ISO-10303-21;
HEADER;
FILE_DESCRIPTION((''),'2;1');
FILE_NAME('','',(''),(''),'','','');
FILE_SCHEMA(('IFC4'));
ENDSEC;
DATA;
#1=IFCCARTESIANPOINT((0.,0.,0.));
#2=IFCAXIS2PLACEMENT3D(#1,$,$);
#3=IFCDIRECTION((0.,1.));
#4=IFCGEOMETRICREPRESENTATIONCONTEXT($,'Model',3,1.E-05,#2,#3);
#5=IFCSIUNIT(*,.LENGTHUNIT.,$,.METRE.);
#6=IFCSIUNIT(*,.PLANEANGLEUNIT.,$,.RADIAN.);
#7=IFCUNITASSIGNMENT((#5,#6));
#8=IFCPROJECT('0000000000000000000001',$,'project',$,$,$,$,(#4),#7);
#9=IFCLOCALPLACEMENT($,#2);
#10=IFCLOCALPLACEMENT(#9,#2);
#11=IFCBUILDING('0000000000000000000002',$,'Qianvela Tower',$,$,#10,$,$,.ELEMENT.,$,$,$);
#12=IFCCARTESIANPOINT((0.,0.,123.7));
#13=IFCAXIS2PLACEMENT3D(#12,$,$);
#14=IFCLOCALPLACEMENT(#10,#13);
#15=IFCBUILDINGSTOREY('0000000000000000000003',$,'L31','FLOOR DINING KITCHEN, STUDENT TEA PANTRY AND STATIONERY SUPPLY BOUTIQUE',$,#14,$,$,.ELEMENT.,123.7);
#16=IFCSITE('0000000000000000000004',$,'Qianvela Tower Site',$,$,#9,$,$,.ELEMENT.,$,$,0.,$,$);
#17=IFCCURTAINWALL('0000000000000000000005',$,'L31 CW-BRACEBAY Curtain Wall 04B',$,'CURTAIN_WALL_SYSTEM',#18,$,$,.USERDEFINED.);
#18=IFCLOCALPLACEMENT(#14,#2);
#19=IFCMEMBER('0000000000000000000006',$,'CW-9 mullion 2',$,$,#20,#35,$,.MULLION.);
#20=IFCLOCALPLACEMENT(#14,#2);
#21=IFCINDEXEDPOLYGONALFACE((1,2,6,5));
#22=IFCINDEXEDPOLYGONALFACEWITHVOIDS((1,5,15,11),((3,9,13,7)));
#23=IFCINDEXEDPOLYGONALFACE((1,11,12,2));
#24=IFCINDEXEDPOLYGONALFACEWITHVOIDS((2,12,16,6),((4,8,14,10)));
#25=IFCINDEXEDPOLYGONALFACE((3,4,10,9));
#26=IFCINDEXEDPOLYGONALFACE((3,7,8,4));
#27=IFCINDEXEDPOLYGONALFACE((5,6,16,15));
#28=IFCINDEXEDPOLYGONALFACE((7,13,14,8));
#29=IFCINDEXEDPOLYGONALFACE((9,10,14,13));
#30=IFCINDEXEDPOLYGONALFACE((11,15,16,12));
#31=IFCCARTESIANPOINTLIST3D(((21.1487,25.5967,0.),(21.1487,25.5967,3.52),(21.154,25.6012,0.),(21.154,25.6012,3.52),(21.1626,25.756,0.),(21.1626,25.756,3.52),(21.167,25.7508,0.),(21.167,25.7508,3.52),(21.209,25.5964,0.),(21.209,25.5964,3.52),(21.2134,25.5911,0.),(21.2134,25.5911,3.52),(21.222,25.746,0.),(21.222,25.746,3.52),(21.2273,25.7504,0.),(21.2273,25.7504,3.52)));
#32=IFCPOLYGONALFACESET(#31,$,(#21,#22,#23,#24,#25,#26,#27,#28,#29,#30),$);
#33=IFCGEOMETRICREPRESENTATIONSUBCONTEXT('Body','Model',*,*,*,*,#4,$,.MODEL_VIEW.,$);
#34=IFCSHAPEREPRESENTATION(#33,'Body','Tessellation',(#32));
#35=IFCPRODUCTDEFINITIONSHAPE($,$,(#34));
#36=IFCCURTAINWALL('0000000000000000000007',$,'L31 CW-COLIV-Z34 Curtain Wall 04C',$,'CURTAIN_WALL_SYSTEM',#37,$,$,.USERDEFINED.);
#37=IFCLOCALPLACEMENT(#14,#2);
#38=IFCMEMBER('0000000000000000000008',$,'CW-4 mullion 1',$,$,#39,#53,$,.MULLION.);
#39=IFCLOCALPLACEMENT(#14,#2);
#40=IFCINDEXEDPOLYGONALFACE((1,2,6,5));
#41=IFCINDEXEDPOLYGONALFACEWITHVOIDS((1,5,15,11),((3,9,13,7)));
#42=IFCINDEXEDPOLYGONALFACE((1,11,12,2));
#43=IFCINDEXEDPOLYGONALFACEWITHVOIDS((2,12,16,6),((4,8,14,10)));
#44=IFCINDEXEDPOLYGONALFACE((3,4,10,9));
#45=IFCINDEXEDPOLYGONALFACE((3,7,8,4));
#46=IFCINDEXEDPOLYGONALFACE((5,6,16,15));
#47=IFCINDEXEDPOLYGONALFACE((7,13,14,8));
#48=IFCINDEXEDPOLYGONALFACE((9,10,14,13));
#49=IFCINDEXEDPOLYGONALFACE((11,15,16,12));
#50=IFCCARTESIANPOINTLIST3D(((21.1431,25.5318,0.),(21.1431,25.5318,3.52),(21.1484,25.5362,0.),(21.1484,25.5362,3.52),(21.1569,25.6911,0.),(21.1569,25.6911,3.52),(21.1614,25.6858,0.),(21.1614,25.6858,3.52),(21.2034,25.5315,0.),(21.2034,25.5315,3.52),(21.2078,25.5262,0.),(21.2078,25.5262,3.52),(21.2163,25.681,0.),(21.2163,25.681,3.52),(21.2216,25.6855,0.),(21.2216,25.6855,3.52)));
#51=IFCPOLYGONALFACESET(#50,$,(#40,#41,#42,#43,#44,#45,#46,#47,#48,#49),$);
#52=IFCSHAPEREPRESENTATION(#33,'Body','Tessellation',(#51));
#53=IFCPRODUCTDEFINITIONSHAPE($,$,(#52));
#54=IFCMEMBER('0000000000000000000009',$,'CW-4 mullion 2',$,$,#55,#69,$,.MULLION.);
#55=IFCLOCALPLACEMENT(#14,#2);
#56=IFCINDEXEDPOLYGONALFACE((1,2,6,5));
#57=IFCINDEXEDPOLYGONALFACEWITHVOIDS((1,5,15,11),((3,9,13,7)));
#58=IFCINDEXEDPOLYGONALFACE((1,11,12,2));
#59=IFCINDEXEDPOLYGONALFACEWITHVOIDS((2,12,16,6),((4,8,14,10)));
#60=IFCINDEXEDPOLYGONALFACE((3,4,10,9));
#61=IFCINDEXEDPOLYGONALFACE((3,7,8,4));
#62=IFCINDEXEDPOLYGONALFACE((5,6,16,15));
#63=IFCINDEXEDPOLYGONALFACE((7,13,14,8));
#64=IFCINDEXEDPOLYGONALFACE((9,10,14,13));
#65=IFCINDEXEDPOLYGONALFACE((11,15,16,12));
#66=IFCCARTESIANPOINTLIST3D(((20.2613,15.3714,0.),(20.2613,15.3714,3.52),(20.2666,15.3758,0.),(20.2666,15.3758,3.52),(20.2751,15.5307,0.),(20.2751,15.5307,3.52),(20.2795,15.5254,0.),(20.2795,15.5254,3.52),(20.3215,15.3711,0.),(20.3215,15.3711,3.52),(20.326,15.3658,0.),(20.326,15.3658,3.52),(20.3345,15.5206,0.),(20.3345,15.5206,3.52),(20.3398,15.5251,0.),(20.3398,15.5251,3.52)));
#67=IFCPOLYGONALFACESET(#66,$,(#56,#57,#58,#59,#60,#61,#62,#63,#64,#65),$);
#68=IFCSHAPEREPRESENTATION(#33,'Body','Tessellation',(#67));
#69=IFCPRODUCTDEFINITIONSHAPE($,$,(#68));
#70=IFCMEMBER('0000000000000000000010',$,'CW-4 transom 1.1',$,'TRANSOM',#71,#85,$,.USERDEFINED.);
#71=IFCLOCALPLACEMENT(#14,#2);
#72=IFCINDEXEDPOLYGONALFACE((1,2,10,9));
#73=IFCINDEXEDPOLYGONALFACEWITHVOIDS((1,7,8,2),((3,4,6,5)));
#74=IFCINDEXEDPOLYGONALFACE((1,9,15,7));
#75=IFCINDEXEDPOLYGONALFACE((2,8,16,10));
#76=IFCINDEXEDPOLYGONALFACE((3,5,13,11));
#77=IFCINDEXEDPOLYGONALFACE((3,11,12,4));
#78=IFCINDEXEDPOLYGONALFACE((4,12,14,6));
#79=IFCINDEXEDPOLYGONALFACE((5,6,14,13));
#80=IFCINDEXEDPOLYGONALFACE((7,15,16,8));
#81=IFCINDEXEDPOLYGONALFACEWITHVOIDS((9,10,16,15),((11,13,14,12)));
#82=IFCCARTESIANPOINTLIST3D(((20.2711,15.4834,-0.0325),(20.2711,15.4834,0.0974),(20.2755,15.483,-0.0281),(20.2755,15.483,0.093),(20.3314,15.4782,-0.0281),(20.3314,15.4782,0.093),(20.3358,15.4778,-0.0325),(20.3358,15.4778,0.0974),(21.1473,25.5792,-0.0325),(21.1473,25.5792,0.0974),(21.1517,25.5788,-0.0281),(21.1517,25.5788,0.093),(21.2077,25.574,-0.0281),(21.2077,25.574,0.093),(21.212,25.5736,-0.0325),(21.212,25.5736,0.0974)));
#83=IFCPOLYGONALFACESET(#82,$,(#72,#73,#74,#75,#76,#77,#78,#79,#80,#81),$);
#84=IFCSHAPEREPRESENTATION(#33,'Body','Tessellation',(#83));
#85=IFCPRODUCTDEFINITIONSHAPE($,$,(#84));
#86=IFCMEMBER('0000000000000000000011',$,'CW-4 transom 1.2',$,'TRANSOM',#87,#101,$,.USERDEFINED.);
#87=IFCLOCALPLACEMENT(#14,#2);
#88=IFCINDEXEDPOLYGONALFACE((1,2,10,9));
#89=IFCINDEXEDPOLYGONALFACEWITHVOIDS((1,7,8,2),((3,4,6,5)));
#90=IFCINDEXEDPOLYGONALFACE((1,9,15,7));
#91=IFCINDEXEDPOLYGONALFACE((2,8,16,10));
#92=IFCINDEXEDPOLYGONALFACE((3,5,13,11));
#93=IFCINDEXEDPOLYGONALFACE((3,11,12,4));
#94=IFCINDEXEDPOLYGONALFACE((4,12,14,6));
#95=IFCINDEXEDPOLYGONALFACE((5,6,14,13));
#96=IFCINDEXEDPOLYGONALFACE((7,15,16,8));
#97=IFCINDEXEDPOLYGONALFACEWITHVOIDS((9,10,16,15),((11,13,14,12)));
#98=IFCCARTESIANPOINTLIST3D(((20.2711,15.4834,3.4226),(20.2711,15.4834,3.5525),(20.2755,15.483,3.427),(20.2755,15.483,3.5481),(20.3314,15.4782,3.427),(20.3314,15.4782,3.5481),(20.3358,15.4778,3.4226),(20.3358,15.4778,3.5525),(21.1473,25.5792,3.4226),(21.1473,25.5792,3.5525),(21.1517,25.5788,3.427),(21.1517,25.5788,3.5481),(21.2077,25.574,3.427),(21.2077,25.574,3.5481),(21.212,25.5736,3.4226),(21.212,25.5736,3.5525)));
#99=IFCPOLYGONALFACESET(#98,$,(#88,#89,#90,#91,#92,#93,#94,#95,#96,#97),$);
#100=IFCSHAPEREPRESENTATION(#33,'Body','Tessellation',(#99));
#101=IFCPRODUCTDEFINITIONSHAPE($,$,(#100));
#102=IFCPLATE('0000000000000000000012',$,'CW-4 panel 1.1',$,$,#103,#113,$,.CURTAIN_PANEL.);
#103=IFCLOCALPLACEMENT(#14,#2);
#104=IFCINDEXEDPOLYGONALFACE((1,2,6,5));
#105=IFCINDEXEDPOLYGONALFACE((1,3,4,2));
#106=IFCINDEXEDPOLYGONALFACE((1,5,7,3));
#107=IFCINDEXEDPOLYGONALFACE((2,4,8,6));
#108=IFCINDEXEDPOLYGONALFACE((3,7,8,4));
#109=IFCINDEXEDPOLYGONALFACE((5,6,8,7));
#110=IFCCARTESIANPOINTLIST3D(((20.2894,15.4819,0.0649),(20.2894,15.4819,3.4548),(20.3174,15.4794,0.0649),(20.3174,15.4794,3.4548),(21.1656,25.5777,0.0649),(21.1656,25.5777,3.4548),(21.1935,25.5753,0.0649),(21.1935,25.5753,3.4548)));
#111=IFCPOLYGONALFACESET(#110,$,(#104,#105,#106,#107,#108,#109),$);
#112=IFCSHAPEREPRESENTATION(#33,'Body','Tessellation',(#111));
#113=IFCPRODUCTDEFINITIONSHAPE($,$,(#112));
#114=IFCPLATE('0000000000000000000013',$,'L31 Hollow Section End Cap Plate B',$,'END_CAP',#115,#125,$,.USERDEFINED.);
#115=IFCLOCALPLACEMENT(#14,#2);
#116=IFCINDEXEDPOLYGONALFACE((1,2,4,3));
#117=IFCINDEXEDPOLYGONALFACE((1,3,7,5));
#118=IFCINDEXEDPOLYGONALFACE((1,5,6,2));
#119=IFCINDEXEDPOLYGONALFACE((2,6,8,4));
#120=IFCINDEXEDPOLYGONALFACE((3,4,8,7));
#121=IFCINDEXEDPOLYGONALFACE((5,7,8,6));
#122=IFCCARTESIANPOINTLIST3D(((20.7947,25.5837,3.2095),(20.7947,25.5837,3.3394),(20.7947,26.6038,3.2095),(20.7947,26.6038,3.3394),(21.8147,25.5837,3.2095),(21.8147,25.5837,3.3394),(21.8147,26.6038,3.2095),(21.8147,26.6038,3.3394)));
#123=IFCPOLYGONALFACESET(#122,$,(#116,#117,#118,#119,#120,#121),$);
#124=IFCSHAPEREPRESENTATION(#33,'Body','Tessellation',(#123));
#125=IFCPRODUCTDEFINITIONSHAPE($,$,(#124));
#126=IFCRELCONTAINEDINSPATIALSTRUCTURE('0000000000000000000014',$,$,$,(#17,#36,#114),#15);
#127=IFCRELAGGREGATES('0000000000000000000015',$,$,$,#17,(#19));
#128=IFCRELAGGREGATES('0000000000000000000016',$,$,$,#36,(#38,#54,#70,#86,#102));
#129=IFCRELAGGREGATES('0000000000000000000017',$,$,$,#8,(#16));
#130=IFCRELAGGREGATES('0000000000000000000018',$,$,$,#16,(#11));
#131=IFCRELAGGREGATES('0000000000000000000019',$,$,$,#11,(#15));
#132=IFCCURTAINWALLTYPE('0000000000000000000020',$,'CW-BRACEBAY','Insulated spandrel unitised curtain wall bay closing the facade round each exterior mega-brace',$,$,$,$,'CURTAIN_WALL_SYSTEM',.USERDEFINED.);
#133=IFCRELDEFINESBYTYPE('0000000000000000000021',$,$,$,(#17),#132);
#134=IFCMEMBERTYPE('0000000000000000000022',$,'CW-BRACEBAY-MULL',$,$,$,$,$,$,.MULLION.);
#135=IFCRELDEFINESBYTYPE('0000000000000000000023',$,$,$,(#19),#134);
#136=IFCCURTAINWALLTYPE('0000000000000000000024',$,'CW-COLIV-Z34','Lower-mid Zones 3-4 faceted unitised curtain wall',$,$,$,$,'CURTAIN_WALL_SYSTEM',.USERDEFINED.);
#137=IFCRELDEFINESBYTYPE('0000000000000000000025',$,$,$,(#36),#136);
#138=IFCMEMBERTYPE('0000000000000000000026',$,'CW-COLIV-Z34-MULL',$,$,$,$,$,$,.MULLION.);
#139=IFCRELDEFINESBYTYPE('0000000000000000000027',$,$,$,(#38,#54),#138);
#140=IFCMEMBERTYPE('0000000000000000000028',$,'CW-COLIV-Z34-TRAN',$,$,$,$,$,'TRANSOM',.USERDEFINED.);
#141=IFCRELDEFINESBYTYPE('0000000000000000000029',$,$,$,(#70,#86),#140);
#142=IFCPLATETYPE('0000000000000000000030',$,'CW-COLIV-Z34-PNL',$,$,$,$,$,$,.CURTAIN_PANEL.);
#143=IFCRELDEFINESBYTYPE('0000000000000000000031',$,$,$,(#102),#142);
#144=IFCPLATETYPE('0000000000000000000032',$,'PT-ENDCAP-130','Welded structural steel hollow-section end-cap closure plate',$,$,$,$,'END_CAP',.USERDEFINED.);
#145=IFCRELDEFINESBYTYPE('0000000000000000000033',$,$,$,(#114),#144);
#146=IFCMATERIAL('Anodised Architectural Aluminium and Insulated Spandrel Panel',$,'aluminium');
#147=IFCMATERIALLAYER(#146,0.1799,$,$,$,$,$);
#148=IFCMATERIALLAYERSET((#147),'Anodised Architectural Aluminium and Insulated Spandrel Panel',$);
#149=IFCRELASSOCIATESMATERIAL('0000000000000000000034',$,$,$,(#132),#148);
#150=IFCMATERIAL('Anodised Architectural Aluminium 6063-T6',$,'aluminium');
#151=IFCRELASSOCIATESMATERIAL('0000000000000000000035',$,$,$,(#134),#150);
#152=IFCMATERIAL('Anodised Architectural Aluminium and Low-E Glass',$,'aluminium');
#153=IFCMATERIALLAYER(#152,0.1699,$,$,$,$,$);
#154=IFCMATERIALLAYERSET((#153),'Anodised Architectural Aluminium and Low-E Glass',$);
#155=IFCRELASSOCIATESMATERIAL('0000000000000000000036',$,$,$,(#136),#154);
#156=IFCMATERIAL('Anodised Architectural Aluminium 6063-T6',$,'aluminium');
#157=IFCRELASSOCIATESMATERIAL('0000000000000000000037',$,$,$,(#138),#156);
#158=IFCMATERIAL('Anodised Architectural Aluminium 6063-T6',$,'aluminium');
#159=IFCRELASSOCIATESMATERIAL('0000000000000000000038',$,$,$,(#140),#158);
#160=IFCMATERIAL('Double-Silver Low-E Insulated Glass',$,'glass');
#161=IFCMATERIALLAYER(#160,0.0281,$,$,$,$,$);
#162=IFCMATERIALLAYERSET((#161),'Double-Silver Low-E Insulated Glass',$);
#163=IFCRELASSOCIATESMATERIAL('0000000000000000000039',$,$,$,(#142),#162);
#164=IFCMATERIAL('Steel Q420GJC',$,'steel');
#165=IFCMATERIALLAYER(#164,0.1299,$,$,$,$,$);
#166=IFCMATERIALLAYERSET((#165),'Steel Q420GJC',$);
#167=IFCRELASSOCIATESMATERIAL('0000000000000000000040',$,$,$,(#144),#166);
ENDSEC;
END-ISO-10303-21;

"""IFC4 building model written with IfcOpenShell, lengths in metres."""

from ifc_helpers import new_model, si_unit, direction, frame, origin, origin_2d, place, context, subcontext, project, spatial, rectangle, hollow_rectangle, extrude, material, layer, layer_set, material_profile, profile_set, type_object, element, aggregate, save


model = new_model("IFC4")

# Units and contexts
model_context = context("Model", 3, precision=1e-05, world=origin(), true_north=direction((0.0, 1.0)))
body_context = subcontext(model_context, "Body", "Model", "MODEL_VIEW")
ifc_project = project(units=[si_unit("LENGTHUNIT", "METRE"), si_unit("PLANEANGLEUNIT", "RADIAN")], contexts=[model_context])

# Site, building, storey
site_placement = place(None, origin())
site = spatial("IfcSite", under=ifc_project, at=site_placement, Name="Qianvela Tower Site", CompositionType="ELEMENT", RefElevation=0.0)
building_placement = place(site_placement, origin())
building = spatial("IfcBuilding", under=site, at=building_placement, Name="Qianvela Tower", CompositionType="ELEMENT")
storey_placement = place(building_placement, frame((0.0, 0.0, 123.7)))
storey = spatial("IfcBuildingStorey", under=building, at=storey_placement, Name="L31", Description="FLOOR DINING KITCHEN, STUDENT TEA PANTRY AND STATIONERY SUPPLY BOUTIQUE", CompositionType="ELEMENT", Elevation=123.7)

# Curtain wall, member
ifc_material_1 = material(Name="Anodised Architectural Aluminium and Insulated Spandrel Panel", Category="aluminium")
ifc_layer_1 = layer(ifc_material_1, 0.1799)
ifc_layer_set_1 = layer_set([ifc_layer_1], Name="Anodised Architectural Aluminium and Insulated Spandrel Panel")
curtain_wall_type_1 = type_object("IfcCurtainWallType", Name="CW-BRACEBAY", Description="Insulated spandrel unitised curtain wall bay closing the facade round each exterior mega-brace", ElementType="CURTAIN_WALL_SYSTEM", PredefinedType="USERDEFINED", material=ifc_layer_set_1)
curtain_wall_1_placement = place(storey_placement, origin())
curtain_wall_1 = element("IfcCurtainWall", 1, at=curtain_wall_1_placement, inside=storey, type_object=curtain_wall_type_1, Name="L31 CW-BRACEBAY Curtain Wall 04B", ObjectType="CURTAIN_WALL_SYSTEM", PredefinedType="USERDEFINED")
ifc_material_2 = material(Name="Anodised Architectural Aluminium 6063-T6", Category="aluminium")
ifc_material_profile_1 = material_profile(ifc_material_2, hollow_rectangle(XDim=0.0649, YDim=0.1599, WallThickness=0.0049, at=origin_2d()), Name="ALU-MULL-65x160")
ifc_profile_set_1 = profile_set([ifc_material_profile_1], Name="Anodised Architectural Aluminium 6063-T6")
member_type_1 = type_object("IfcMemberType", Name="CW-BRACEBAY-MULL", PredefinedType="MULLION", material=ifc_profile_set_1)
member_1_placement = place(storey_placement, frame((21.188, 25.6736, 0.0), z_axis=(0.0, 0.0, 1.0), x_axis=(0.996254, -0.086476, 0.0)))
member_1 = element("IfcMember", 2, at=member_1_placement, type_object=member_type_1, Name="CW-9 mullion 2", PredefinedType="MULLION", context=body_context, shape_type="SweptSolid", body=[
    extrude(hollow_rectangle(XDim=0.0649, YDim=0.1599, WallThickness=0.0049, at=origin_2d()), origin(), (0.0, 0.0, 1.0), 3.52),
])
aggregate(curtain_wall_1, [member_1])

# Curtain wall, members, plate
ifc_material_3 = material(Name="Anodised Architectural Aluminium and Low-E Glass", Category="aluminium")
ifc_layer_2 = layer(ifc_material_3, 0.1699)
ifc_layer_set_2 = layer_set([ifc_layer_2], Name="Anodised Architectural Aluminium and Low-E Glass")
curtain_wall_type_2 = type_object("IfcCurtainWallType", Name="CW-COLIV-Z34", Description="Lower-mid Zones 3-4 faceted unitised curtain wall", ElementType="CURTAIN_WALL_SYSTEM", PredefinedType="USERDEFINED", material=ifc_layer_set_2)
curtain_wall_2_placement = place(storey_placement, origin())
curtain_wall_2 = element("IfcCurtainWall", 3, at=curtain_wall_2_placement, inside=storey, type_object=curtain_wall_type_2, Name="L31 CW-COLIV-Z34 Curtain Wall 04C", ObjectType="CURTAIN_WALL_SYSTEM", PredefinedType="USERDEFINED")
ifc_material_4 = material(Name="Anodised Architectural Aluminium 6063-T6", Category="aluminium")
ifc_material_profile_2 = material_profile(ifc_material_4, hollow_rectangle(XDim=0.0649, YDim=0.1599, WallThickness=0.0049, at=origin_2d()), Name="ALU-MULL-65x160")
ifc_profile_set_2 = profile_set([ifc_material_profile_2], Name="Anodised Architectural Aluminium 6063-T6")
member_type_2 = type_object("IfcMemberType", Name="CW-COLIV-Z34-MULL", PredefinedType="MULLION", material=ifc_profile_set_2)
member_2_placement = place(storey_placement, frame((21.1824, 25.6086, 0.0), z_axis=(0.0, 0.0, 1.0), x_axis=(0.996255, -0.08646, 0.0)))
member_2 = element("IfcMember", 4, at=member_2_placement, type_object=member_type_2, Name="CW-4 mullion 1", PredefinedType="MULLION", context=body_context, shape_type="SweptSolid", body=[
    extrude(hollow_rectangle(XDim=0.0649, YDim=0.1599, WallThickness=0.0049, at=origin_2d()), origin(), (0.0, 0.0, 1.0), 3.52),
])
member_3_placement = place(storey_placement, frame((20.3005, 15.4482, 0.0), z_axis=(0.0, 0.0, 1.0), x_axis=(0.996255, -0.08646, 0.0)))
member_3 = element("IfcMember", 5, at=member_3_placement, type_object=member_type_2, Name="CW-4 mullion 2", PredefinedType="MULLION", context=body_context, shape_type="SweptSolid", body=[
    extrude(hollow_rectangle(XDim=0.0649, YDim=0.1599, WallThickness=0.0049, at=origin_2d()), origin(), (0.0, 0.0, 1.0), 3.52),
])
ifc_material_5 = material(Name="Anodised Architectural Aluminium 6063-T6", Category="aluminium")
ifc_material_profile_3 = material_profile(ifc_material_5, hollow_rectangle(XDim=0.0649, YDim=0.1299, WallThickness=0.0044, at=origin_2d()), Name="ALU-TRAN-65x130")
ifc_profile_set_3 = profile_set([ifc_material_profile_3], Name="Anodised Architectural Aluminium 6063-T6")
member_type_3 = type_object("IfcMemberType", Name="CW-COLIV-Z34-TRAN", ElementType="TRANSOM", PredefinedType="USERDEFINED", material=ifc_profile_set_3)
member_4_placement = place(storey_placement, frame((21.1797, 25.5764, 0.0325), z_axis=(-0.086464, -0.996255, 0.0), x_axis=(0.996255, -0.086464, 0.0)))
member_4 = element("IfcMember", 6, at=member_4_placement, type_object=member_type_3, Name="CW-4 transom 1.1", ObjectType="TRANSOM", PredefinedType="USERDEFINED", context=body_context, shape_type="SweptSolid", body=[
    extrude(hollow_rectangle(XDim=0.0649, YDim=0.1299, WallThickness=0.0044, at=origin_2d()), origin(), (0.0, 0.0, 1.0), 10.1338),
])
member_5_placement = place(storey_placement, frame((21.1797, 25.5764, 3.4875), z_axis=(-0.086464, -0.996255, 0.0), x_axis=(0.996255, -0.086464, 0.0)))
member_5 = element("IfcMember", 7, at=member_5_placement, type_object=member_type_3, Name="CW-4 transom 1.2", ObjectType="TRANSOM", PredefinedType="USERDEFINED", context=body_context, shape_type="SweptSolid", body=[
    extrude(hollow_rectangle(XDim=0.0649, YDim=0.1299, WallThickness=0.0044, at=origin_2d()), origin(), (0.0, 0.0, 1.0), 10.1338),
])
ifc_material_6 = material(Name="Double-Silver Low-E Insulated Glass", Category="glass")
ifc_layer_3 = layer(ifc_material_6, 0.0281)
ifc_layer_set_3 = layer_set([ifc_layer_3], Name="Double-Silver Low-E Insulated Glass")
plate_type_1 = type_object("IfcPlateType", Name="CW-COLIV-Z34-PNL", PredefinedType="CURTAIN_PANEL", material=ifc_layer_set_3)
plate_1_placement = place(storey_placement, frame((20.7415, 20.5286, 0.0649), z_axis=(0.0, 0.0, 1.0), x_axis=(-0.08646, -0.996255, 0.0)))
plate_1 = element("IfcPlate", 8, at=plate_1_placement, type_object=plate_type_1, Name="CW-4 panel 1.1", PredefinedType="CURTAIN_PANEL", context=body_context, shape_type="SweptSolid", body=[
    extrude(rectangle(XDim=10.1338, YDim=0.0281, at=origin_2d()), origin(), (0.0, 0.0, 1.0), 3.3899),
])
aggregate(curtain_wall_2, [member_2, member_3, member_4, member_5, plate_1])

# Plate
ifc_material_7 = material(Name="Steel Q420GJC", Category="steel")
ifc_layer_4 = layer(ifc_material_7, 0.1299)
ifc_layer_set_4 = layer_set([ifc_layer_4], Name="Steel Q420GJC")
plate_type_2 = type_object("IfcPlateType", Name="PT-ENDCAP-130", Description="Welded structural steel hollow-section end-cap closure plate", ElementType="END_CAP", PredefinedType="USERDEFINED", material=ifc_layer_set_4)
plate_2_placement = place(storey_placement, frame((21.3047, 26.0938, 3.2095), z_axis=(0.0, 0.0, 1.0), x_axis=(1.0, 0.0, 0.0)))
element("IfcPlate", 9, at=plate_2_placement, inside=storey, type_object=plate_type_2, Name="L31 Hollow Section End Cap Plate B", ObjectType="END_CAP", PredefinedType="USERDEFINED", context=body_context, shape_type="SweptSolid", body=[
    extrude(rectangle(XDim=1.02, YDim=1.02, at=origin_2d()), origin(), (0.0, 0.0, 1.0), 0.1299),
])

save(model, "model.ifc")
